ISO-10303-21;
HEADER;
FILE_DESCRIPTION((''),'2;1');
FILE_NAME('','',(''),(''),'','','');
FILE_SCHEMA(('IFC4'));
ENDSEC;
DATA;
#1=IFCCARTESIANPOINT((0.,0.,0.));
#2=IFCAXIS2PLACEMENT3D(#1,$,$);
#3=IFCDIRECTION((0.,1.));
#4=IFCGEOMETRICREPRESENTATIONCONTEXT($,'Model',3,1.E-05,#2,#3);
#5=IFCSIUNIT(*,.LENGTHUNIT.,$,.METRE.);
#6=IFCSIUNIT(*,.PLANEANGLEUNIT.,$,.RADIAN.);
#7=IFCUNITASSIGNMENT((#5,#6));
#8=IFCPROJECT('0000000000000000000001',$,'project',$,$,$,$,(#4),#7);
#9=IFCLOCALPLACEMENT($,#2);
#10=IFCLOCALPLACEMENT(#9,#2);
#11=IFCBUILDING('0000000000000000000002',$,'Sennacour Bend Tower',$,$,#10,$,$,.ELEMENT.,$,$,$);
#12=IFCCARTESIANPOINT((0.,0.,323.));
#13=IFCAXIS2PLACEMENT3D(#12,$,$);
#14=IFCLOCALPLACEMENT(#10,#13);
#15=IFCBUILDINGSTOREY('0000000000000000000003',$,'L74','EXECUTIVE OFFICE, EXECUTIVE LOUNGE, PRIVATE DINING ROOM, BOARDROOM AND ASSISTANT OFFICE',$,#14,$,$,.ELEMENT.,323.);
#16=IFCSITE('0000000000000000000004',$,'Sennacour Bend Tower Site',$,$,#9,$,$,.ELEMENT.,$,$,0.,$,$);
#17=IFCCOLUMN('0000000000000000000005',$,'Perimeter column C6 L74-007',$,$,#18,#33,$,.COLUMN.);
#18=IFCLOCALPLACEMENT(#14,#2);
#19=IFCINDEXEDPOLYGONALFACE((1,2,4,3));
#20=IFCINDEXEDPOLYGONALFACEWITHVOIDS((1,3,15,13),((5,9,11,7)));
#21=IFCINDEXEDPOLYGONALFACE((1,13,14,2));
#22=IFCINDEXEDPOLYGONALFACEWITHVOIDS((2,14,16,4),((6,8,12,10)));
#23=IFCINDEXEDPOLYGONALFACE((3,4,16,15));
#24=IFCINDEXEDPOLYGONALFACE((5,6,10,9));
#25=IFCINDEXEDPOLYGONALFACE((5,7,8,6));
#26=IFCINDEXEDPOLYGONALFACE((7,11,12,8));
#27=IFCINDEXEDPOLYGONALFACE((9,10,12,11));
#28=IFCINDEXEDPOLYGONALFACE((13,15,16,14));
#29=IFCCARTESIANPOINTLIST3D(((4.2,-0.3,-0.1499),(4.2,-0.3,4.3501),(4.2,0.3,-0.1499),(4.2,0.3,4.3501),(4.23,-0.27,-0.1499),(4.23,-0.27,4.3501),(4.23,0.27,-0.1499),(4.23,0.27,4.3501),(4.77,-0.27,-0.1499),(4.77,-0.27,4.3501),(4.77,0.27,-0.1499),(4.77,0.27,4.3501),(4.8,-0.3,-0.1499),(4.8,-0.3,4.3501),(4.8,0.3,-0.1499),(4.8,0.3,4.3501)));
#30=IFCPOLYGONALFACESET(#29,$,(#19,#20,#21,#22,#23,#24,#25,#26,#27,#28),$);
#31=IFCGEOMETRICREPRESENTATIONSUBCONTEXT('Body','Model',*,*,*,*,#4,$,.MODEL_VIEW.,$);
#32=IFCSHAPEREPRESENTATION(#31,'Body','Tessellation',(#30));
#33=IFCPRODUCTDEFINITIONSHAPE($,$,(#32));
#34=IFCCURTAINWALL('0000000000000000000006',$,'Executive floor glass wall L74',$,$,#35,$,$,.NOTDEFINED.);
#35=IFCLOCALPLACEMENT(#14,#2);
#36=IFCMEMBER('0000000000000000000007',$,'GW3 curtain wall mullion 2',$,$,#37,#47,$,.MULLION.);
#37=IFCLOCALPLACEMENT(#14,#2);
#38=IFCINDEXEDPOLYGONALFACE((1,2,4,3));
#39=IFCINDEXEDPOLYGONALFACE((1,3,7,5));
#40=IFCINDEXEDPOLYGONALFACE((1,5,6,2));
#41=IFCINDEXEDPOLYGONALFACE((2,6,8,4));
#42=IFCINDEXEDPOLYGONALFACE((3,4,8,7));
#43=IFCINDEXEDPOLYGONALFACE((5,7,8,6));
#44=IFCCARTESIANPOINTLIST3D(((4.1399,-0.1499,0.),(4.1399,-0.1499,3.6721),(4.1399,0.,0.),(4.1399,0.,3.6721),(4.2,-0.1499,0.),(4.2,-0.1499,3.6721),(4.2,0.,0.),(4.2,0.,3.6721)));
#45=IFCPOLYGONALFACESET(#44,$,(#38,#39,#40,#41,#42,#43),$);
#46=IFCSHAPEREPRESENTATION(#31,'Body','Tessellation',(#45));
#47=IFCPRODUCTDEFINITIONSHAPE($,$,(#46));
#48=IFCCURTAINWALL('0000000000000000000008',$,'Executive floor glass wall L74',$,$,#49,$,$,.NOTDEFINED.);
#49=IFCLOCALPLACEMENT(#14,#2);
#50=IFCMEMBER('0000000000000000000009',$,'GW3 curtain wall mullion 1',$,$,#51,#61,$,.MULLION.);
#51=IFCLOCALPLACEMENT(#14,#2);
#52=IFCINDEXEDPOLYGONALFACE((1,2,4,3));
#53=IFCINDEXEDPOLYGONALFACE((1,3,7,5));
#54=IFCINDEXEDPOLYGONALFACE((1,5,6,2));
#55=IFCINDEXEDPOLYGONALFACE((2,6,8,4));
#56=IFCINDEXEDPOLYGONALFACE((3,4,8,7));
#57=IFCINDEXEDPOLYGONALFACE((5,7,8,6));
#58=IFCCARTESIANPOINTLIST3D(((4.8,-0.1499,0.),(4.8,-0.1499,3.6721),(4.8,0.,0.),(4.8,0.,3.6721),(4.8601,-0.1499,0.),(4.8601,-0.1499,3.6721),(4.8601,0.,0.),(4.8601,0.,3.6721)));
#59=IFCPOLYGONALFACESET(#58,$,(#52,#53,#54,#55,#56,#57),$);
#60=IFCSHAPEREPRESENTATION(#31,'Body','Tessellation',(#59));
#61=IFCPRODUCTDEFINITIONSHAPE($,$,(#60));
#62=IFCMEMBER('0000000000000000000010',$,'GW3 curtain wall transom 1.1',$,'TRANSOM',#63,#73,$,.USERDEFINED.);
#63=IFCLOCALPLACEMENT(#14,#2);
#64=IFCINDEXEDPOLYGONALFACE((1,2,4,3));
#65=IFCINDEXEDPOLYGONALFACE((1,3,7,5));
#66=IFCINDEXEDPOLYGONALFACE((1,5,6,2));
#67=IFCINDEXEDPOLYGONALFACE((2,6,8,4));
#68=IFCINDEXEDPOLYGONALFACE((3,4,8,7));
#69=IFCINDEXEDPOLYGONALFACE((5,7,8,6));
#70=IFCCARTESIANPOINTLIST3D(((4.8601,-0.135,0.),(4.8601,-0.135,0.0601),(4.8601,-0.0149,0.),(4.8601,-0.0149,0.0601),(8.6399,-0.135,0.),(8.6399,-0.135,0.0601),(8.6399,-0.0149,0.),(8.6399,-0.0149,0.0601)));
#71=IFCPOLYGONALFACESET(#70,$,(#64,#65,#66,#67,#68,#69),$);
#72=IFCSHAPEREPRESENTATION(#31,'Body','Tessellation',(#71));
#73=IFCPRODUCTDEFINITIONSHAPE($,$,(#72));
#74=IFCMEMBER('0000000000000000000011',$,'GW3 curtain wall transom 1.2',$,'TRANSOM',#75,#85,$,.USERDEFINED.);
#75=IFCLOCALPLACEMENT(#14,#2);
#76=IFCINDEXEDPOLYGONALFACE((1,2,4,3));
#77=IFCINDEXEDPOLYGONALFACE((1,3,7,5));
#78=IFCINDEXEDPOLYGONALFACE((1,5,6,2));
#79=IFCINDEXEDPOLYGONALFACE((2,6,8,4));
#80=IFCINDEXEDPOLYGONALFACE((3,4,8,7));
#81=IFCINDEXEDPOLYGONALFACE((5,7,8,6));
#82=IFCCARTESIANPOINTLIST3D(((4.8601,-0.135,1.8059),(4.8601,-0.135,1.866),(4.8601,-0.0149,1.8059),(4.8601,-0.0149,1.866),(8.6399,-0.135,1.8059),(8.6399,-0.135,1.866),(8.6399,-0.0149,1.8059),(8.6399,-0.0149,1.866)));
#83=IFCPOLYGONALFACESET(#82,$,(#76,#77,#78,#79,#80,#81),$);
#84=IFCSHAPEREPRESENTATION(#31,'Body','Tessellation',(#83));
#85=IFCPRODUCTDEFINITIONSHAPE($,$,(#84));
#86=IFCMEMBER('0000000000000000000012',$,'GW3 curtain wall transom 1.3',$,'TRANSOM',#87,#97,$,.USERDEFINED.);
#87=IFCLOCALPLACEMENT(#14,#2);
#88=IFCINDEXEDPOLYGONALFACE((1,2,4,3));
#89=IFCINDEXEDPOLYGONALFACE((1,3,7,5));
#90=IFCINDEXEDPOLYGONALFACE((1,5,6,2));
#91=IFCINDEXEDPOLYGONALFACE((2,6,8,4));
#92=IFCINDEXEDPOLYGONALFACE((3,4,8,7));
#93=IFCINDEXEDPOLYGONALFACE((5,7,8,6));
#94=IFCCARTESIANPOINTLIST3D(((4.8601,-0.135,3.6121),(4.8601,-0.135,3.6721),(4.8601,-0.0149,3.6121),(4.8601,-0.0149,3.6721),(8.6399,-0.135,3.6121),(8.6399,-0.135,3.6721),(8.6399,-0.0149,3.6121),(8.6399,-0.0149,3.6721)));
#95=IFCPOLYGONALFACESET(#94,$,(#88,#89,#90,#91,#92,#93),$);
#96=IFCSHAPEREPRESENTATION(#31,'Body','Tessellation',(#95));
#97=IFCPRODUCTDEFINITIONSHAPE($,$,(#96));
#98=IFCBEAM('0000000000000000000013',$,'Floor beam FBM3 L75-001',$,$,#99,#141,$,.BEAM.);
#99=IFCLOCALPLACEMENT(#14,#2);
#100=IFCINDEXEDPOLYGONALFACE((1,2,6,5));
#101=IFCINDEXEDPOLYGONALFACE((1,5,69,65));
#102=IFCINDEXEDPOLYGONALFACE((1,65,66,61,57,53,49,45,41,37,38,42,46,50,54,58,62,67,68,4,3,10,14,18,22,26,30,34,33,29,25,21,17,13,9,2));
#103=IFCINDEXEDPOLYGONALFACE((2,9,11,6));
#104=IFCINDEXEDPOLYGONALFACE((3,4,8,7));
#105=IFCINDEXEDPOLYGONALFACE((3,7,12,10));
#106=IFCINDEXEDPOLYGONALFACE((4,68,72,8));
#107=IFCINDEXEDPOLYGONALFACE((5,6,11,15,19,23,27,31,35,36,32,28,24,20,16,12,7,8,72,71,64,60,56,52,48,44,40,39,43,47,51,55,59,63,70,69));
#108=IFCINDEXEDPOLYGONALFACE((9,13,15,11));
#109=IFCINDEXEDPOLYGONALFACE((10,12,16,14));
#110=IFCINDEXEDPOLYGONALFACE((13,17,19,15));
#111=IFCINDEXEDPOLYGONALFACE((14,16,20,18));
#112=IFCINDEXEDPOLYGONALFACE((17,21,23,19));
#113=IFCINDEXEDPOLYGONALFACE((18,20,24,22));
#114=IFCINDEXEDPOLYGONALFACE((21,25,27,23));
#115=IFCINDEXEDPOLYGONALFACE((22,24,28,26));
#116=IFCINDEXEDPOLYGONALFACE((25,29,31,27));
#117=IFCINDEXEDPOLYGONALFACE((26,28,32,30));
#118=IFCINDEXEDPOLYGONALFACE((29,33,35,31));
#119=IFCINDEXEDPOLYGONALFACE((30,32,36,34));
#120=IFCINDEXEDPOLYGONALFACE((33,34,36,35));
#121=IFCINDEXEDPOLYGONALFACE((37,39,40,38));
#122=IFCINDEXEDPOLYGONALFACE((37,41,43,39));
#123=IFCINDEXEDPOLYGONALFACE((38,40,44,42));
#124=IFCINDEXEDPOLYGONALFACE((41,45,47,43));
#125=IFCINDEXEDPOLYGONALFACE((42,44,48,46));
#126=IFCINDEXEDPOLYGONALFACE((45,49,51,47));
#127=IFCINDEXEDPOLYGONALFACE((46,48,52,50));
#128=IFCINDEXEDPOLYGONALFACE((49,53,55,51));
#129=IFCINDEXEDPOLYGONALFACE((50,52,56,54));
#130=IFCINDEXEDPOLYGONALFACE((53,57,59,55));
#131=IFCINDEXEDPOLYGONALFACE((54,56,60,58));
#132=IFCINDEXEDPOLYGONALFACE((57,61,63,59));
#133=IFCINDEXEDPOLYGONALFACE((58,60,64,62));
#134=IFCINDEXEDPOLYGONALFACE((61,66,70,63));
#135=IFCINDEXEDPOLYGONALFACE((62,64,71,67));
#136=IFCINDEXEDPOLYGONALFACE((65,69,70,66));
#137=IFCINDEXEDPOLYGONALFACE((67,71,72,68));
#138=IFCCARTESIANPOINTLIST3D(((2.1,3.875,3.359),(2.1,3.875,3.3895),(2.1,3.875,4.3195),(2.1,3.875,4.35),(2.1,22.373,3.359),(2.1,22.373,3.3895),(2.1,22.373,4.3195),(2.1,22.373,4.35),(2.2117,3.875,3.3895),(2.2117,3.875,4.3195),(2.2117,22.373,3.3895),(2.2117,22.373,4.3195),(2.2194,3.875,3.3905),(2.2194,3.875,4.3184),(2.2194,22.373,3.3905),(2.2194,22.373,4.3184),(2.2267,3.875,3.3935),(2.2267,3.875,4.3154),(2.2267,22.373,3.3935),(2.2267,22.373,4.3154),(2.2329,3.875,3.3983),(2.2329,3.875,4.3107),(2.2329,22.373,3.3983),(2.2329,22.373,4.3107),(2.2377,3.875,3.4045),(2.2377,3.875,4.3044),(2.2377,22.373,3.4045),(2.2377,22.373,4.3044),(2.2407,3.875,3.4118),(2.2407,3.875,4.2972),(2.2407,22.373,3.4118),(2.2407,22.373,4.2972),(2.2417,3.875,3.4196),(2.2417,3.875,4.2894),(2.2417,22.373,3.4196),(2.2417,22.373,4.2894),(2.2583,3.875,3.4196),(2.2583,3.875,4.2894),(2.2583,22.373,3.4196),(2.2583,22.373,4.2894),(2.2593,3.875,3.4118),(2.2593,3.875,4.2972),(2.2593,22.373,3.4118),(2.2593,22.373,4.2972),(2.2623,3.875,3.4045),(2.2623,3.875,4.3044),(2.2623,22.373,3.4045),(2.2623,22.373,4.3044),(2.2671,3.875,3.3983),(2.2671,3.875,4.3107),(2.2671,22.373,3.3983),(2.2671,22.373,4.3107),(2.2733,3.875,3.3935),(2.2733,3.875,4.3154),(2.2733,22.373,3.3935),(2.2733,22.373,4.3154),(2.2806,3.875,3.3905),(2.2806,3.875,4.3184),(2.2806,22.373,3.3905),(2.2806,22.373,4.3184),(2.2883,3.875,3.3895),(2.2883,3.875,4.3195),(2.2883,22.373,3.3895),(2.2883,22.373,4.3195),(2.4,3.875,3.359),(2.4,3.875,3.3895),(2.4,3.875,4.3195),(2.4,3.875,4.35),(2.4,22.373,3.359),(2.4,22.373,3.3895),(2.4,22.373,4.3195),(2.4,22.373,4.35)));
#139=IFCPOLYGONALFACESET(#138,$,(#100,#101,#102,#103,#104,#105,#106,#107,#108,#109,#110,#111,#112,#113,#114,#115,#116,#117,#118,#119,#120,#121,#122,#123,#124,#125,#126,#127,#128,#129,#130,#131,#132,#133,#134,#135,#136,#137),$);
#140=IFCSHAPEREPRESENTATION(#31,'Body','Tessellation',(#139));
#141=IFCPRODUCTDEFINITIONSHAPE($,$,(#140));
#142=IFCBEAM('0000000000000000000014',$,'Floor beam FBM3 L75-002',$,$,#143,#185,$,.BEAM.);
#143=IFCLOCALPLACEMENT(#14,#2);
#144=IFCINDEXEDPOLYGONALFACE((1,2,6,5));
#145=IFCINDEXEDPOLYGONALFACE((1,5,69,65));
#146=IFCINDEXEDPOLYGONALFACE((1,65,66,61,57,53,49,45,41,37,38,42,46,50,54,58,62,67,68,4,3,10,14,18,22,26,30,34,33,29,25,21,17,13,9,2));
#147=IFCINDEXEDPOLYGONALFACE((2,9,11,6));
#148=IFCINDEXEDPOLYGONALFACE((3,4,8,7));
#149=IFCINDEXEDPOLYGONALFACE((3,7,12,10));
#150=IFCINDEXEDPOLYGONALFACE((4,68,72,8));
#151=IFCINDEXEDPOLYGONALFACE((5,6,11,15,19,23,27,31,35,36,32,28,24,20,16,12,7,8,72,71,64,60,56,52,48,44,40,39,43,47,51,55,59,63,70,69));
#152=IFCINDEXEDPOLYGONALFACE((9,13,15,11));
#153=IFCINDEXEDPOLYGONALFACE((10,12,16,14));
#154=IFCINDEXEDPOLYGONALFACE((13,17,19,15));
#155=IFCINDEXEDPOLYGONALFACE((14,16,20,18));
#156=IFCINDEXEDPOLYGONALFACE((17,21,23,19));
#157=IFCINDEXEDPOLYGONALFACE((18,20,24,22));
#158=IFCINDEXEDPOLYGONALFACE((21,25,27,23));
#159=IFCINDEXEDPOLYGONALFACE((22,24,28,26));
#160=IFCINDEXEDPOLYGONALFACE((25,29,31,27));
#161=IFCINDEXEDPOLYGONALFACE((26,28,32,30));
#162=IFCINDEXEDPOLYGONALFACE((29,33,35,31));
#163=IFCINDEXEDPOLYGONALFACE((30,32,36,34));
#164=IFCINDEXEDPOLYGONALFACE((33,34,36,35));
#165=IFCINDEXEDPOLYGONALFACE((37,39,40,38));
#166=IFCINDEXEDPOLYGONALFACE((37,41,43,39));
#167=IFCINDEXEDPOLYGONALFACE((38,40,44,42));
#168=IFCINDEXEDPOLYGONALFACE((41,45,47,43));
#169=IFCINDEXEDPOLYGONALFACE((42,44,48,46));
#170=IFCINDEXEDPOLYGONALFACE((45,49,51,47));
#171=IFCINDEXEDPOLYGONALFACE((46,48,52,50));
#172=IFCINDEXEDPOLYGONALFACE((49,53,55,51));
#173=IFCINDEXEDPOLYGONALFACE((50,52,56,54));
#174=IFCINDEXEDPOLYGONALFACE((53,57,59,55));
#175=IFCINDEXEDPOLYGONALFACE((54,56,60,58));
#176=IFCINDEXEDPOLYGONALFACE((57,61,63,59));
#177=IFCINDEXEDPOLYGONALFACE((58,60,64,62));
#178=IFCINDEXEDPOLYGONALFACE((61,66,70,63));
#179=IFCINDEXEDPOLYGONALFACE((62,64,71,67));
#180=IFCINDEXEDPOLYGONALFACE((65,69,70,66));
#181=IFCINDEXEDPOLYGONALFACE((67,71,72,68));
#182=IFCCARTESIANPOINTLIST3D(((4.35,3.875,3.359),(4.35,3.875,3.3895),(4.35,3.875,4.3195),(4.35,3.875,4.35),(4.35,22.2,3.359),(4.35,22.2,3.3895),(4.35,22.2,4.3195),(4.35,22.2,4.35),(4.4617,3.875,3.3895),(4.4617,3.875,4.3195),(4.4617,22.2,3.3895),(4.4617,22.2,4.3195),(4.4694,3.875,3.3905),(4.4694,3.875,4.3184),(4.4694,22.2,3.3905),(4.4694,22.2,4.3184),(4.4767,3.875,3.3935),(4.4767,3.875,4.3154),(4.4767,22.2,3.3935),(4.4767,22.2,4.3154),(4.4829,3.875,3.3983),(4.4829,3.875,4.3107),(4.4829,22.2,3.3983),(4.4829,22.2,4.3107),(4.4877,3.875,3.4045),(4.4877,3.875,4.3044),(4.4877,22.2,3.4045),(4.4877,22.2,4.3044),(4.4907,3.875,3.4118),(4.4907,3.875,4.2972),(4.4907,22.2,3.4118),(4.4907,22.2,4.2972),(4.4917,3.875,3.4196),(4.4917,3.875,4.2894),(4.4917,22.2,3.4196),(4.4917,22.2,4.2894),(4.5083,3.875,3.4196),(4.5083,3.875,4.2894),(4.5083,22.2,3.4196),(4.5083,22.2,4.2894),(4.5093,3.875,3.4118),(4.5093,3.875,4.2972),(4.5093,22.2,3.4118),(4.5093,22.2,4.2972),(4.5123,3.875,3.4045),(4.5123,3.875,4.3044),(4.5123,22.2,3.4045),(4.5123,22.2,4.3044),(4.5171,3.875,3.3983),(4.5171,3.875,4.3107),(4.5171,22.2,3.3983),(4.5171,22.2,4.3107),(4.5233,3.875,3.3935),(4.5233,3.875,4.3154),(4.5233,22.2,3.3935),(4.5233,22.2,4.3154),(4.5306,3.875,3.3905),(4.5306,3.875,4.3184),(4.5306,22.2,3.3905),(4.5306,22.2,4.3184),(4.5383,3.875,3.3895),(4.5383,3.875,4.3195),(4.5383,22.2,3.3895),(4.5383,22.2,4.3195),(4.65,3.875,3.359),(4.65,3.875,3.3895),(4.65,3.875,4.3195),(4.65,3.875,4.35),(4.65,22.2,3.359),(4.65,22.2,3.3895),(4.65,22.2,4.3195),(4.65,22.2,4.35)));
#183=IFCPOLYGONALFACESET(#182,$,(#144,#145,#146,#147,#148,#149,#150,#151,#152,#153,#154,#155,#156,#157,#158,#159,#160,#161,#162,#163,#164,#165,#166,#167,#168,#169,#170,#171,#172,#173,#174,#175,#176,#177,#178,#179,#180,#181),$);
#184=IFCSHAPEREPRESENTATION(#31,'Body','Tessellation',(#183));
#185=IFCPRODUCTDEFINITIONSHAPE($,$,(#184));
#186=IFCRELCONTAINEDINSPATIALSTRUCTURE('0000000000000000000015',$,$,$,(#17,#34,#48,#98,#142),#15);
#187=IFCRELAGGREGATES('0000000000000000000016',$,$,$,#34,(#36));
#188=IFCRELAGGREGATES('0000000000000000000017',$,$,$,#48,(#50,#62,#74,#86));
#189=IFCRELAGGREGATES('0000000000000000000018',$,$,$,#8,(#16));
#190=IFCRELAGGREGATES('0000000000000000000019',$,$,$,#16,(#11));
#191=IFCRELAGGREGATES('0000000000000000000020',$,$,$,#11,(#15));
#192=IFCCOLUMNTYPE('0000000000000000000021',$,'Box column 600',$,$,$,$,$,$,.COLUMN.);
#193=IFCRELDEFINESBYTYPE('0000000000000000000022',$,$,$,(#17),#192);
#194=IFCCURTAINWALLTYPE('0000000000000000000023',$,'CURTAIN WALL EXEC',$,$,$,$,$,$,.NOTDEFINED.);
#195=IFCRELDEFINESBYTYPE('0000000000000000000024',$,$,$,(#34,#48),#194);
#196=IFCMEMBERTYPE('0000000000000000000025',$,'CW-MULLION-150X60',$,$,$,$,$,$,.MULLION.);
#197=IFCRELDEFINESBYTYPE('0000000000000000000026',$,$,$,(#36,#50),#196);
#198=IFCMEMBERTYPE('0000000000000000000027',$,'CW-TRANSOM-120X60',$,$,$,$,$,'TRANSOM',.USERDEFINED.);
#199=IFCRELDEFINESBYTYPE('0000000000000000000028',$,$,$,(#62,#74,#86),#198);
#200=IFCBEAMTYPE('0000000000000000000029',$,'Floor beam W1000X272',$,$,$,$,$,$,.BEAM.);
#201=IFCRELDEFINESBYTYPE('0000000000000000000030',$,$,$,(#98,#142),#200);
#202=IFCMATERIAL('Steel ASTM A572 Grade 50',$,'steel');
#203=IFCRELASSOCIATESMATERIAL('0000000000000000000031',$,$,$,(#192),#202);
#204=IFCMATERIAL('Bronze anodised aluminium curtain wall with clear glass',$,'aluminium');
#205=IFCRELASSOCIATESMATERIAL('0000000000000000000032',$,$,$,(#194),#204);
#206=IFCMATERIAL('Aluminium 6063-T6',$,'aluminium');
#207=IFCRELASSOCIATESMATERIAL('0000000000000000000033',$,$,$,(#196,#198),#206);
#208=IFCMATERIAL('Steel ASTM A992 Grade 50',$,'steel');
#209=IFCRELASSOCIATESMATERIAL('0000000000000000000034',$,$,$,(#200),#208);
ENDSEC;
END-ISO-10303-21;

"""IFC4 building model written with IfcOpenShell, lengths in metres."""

from ifc_helpers import new_model, si_unit, direction, frame, origin, origin_2d, place, context, subcontext, project, spatial, rectangle, hollow_rectangle, i_section, extrude, material, material_profile, profile_set, type_object, element, aggregate, save


model = new_model("IFC4")

# Units and contexts
model_context = context("Model", 3, precision=1e-05, world=origin(), true_north=direction((0.0, 1.0)))
body_context = subcontext(model_context, "Body", "Model", "MODEL_VIEW")
ifc_project = project(units=[si_unit("LENGTHUNIT", "METRE"), si_unit("PLANEANGLEUNIT", "RADIAN")], contexts=[model_context])

# Site, building, storey
site_placement = place(None, origin())
site = spatial("IfcSite", under=ifc_project, at=site_placement, Name="Sennacour Bend Tower Site", CompositionType="ELEMENT", RefElevation=0.0)
building_placement = place(site_placement, origin())
building = spatial("IfcBuilding", under=site, at=building_placement, Name="Sennacour Bend Tower", CompositionType="ELEMENT")
storey_placement = place(building_placement, frame((0.0, 0.0, 323.0)))
storey = spatial("IfcBuildingStorey", under=building, at=storey_placement, Name="L74", Description="EXECUTIVE OFFICE, EXECUTIVE LOUNGE, PRIVATE DINING ROOM, BOARDROOM AND ASSISTANT OFFICE", CompositionType="ELEMENT", Elevation=323.0)

# Column
ifc_material_1 = material(Name="Steel ASTM A572 Grade 50", Category="steel")
ifc_material_profile_1 = material_profile(ifc_material_1, hollow_rectangle(XDim=0.6001, YDim=0.6001, WallThickness=0.03, at=origin_2d()), Name="Steel ASTM A572 Grade 50", Category="steel")
ifc_profile_set_1 = profile_set([ifc_material_profile_1], Name="Steel ASTM A572 Grade 50")
column_type = type_object("IfcColumnType", Name="Box column 600", PredefinedType="COLUMN", material=ifc_profile_set_1)
column_placement = place(storey_placement, frame((4.5, 0.0, -0.1499), z_axis=(0.0, 0.0, 1.0), x_axis=(1.0, 0.0, 0.0)))
element("IfcColumn", 1, at=column_placement, inside=storey, type_object=column_type, Name="Perimeter column C6 L74-007", PredefinedType="COLUMN", context=body_context, shape_type="SweptSolid", body=[
    extrude(hollow_rectangle(XDim=0.6001, YDim=0.6001, WallThickness=0.03, at=origin_2d()), origin(), (0.0, 0.0, 1.0), 4.5),
])

# Curtain wall, member
ifc_material_2 = material(Name="Bronze anodised aluminium curtain wall with clear glass", Category="aluminium")
curtain_wall_type = type_object("IfcCurtainWallType", Name="CURTAIN WALL EXEC", PredefinedType="NOTDEFINED", material=ifc_material_2)
curtain_wall_1_placement = place(storey_placement, origin())
curtain_wall_1 = element("IfcCurtainWall", 2, at=curtain_wall_1_placement, inside=storey, type_object=curtain_wall_type, Name="Executive floor glass wall L74", PredefinedType="NOTDEFINED")
ifc_material_3 = material(Name="Aluminium 6063-T6", Category="aluminium")
ifc_material_profile_2 = material_profile(ifc_material_3, rectangle(XDim=0.1499, YDim=0.0601, at=origin_2d()), Name="Aluminium 6063-T6", Category="aluminium")
ifc_profile_set_2 = profile_set([ifc_material_profile_2], Name="Aluminium 6063-T6")
member_type_1 = type_object("IfcMemberType", Name="CW-MULLION-150X60", PredefinedType="MULLION", material=ifc_profile_set_2)
member_1_placement = place(storey_placement, frame((4.1699, -0.075, 0.0), z_axis=(0.0, 0.0, 1.0), x_axis=(0.0, 1.0, 0.0)))
member_1 = element("IfcMember", 3, at=member_1_placement, type_object=member_type_1, Name="GW3 curtain wall mullion 2", PredefinedType="MULLION", context=body_context, shape_type="SweptSolid", body=[
    extrude(rectangle(XDim=0.1499, YDim=0.0601, at=origin_2d()), origin(), (0.0, 0.0, 1.0), 3.6721),
])

# Curtain wall, members
curtain_wall_2_placement = place(storey_placement, origin())
curtain_wall_2 = element("IfcCurtainWall", 4, at=curtain_wall_2_placement, inside=storey, type_object=curtain_wall_type, Name="Executive floor glass wall L74", PredefinedType="NOTDEFINED")
member_2_placement = place(storey_placement, frame((4.8301, -0.075, 0.0), z_axis=(0.0, 0.0, 1.0), x_axis=(0.0, 1.0, 0.0)))
member_2 = element("IfcMember", 5, at=member_2_placement, type_object=member_type_1, Name="GW3 curtain wall mullion 1", PredefinedType="MULLION", context=body_context, shape_type="SweptSolid", body=[
    extrude(rectangle(XDim=0.1499, YDim=0.0601, at=origin_2d()), origin(), (0.0, 0.0, 1.0), 3.6721),
])
ifc_material_profile_3 = material_profile(ifc_material_3, rectangle(XDim=0.1201, YDim=0.0601, at=origin_2d()), Name="Aluminium 6063-T6", Category="aluminium")
ifc_profile_set_3 = profile_set([ifc_material_profile_3], Name="Aluminium 6063-T6")
member_type_2 = type_object("IfcMemberType", Name="CW-TRANSOM-120X60", ElementType="TRANSOM", PredefinedType="USERDEFINED", material=ifc_profile_set_3)
member_3_placement = place(storey_placement, frame((4.8601, -0.075, 0.03), z_axis=(1.0, 0.0, 0.0), x_axis=(0.0, 1.0, 0.0)))
member_3 = element("IfcMember", 6, at=member_3_placement, type_object=member_type_2, Name="GW3 curtain wall transom 1.1", ObjectType="TRANSOM", PredefinedType="USERDEFINED", context=body_context, shape_type="SweptSolid", body=[
    extrude(rectangle(XDim=0.1201, YDim=0.0601, at=origin_2d()), origin(), (0.0, 0.0, 1.0), 3.7798),
])
member_4_placement = place(storey_placement, frame((4.8601, -0.075, 1.8359), z_axis=(1.0, 0.0, 0.0), x_axis=(0.0, 1.0, 0.0)))
member_4 = element("IfcMember", 7, at=member_4_placement, type_object=member_type_2, Name="GW3 curtain wall transom 1.2", ObjectType="TRANSOM", PredefinedType="USERDEFINED", context=body_context, shape_type="SweptSolid", body=[
    extrude(rectangle(XDim=0.1201, YDim=0.0601, at=origin_2d()), origin(), (0.0, 0.0, 1.0), 3.7798),
])
member_5_placement = place(storey_placement, frame((4.8601, -0.075, 3.6421), z_axis=(1.0, 0.0, 0.0), x_axis=(0.0, 1.0, 0.0)))
member_5 = element("IfcMember", 8, at=member_5_placement, type_object=member_type_2, Name="GW3 curtain wall transom 1.3", ObjectType="TRANSOM", PredefinedType="USERDEFINED", context=body_context, shape_type="SweptSolid", body=[
    extrude(rectangle(XDim=0.1201, YDim=0.0601, at=origin_2d()), origin(), (0.0, 0.0, 1.0), 3.7798),
])

# Beams
ifc_material_4 = material(Name="Steel ASTM A992 Grade 50", Category="steel")
ifc_material_profile_4 = material_profile(ifc_material_4, i_section(OverallWidth=0.3, OverallDepth=0.991, WebThickness=0.0166, FlangeThickness=0.0305, FilletRadius=0.03, at=origin_2d()), Name="Steel ASTM A992 Grade 50", Category="steel")
ifc_profile_set_4 = profile_set([ifc_material_profile_4], Name="Steel ASTM A992 Grade 50")
beam_type_1 = type_object("IfcBeamType", Name="Floor beam W1000X272", PredefinedType="BEAM", material=ifc_profile_set_4)
beam_1_placement = place(storey_placement, frame((2.25, 3.875, 3.8545), z_axis=(0.0, 1.0, 0.0), x_axis=(-1.0, 0.0, 0.0)))
element("IfcBeam", 9, at=beam_1_placement, inside=storey, type_object=beam_type_1, Name="Floor beam FBM3 L75-001", PredefinedType="BEAM", context=body_context, shape_type="SweptSolid", body=[
    extrude(i_section(OverallWidth=0.3, OverallDepth=0.991, WebThickness=0.0166, FlangeThickness=0.0305, FilletRadius=0.03, at=origin_2d()), origin(), (0.0, 0.0, 1.0), 18.498),
])
beam_2_placement = place(storey_placement, frame((4.5, 3.875, 3.8545), z_axis=(0.0, 1.0, 0.0), x_axis=(-1.0, 0.0, 0.0)))
element("IfcBeam", 10, at=beam_2_placement, inside=storey, type_object=beam_type_1, Name="Floor beam FBM3 L75-002", PredefinedType="BEAM", context=body_context, shape_type="SweptSolid", body=[
    extrude(i_section(OverallWidth=0.3, OverallDepth=0.991, WebThickness=0.0166, FlangeThickness=0.0305, FilletRadius=0.03, at=origin_2d()), origin(), (0.0, 0.0, 1.0), 18.325),
])

aggregate(curtain_wall_1, [member_1])
aggregate(curtain_wall_2, [member_2, member_3, member_4, member_5])

save(model, "model.ifc")
